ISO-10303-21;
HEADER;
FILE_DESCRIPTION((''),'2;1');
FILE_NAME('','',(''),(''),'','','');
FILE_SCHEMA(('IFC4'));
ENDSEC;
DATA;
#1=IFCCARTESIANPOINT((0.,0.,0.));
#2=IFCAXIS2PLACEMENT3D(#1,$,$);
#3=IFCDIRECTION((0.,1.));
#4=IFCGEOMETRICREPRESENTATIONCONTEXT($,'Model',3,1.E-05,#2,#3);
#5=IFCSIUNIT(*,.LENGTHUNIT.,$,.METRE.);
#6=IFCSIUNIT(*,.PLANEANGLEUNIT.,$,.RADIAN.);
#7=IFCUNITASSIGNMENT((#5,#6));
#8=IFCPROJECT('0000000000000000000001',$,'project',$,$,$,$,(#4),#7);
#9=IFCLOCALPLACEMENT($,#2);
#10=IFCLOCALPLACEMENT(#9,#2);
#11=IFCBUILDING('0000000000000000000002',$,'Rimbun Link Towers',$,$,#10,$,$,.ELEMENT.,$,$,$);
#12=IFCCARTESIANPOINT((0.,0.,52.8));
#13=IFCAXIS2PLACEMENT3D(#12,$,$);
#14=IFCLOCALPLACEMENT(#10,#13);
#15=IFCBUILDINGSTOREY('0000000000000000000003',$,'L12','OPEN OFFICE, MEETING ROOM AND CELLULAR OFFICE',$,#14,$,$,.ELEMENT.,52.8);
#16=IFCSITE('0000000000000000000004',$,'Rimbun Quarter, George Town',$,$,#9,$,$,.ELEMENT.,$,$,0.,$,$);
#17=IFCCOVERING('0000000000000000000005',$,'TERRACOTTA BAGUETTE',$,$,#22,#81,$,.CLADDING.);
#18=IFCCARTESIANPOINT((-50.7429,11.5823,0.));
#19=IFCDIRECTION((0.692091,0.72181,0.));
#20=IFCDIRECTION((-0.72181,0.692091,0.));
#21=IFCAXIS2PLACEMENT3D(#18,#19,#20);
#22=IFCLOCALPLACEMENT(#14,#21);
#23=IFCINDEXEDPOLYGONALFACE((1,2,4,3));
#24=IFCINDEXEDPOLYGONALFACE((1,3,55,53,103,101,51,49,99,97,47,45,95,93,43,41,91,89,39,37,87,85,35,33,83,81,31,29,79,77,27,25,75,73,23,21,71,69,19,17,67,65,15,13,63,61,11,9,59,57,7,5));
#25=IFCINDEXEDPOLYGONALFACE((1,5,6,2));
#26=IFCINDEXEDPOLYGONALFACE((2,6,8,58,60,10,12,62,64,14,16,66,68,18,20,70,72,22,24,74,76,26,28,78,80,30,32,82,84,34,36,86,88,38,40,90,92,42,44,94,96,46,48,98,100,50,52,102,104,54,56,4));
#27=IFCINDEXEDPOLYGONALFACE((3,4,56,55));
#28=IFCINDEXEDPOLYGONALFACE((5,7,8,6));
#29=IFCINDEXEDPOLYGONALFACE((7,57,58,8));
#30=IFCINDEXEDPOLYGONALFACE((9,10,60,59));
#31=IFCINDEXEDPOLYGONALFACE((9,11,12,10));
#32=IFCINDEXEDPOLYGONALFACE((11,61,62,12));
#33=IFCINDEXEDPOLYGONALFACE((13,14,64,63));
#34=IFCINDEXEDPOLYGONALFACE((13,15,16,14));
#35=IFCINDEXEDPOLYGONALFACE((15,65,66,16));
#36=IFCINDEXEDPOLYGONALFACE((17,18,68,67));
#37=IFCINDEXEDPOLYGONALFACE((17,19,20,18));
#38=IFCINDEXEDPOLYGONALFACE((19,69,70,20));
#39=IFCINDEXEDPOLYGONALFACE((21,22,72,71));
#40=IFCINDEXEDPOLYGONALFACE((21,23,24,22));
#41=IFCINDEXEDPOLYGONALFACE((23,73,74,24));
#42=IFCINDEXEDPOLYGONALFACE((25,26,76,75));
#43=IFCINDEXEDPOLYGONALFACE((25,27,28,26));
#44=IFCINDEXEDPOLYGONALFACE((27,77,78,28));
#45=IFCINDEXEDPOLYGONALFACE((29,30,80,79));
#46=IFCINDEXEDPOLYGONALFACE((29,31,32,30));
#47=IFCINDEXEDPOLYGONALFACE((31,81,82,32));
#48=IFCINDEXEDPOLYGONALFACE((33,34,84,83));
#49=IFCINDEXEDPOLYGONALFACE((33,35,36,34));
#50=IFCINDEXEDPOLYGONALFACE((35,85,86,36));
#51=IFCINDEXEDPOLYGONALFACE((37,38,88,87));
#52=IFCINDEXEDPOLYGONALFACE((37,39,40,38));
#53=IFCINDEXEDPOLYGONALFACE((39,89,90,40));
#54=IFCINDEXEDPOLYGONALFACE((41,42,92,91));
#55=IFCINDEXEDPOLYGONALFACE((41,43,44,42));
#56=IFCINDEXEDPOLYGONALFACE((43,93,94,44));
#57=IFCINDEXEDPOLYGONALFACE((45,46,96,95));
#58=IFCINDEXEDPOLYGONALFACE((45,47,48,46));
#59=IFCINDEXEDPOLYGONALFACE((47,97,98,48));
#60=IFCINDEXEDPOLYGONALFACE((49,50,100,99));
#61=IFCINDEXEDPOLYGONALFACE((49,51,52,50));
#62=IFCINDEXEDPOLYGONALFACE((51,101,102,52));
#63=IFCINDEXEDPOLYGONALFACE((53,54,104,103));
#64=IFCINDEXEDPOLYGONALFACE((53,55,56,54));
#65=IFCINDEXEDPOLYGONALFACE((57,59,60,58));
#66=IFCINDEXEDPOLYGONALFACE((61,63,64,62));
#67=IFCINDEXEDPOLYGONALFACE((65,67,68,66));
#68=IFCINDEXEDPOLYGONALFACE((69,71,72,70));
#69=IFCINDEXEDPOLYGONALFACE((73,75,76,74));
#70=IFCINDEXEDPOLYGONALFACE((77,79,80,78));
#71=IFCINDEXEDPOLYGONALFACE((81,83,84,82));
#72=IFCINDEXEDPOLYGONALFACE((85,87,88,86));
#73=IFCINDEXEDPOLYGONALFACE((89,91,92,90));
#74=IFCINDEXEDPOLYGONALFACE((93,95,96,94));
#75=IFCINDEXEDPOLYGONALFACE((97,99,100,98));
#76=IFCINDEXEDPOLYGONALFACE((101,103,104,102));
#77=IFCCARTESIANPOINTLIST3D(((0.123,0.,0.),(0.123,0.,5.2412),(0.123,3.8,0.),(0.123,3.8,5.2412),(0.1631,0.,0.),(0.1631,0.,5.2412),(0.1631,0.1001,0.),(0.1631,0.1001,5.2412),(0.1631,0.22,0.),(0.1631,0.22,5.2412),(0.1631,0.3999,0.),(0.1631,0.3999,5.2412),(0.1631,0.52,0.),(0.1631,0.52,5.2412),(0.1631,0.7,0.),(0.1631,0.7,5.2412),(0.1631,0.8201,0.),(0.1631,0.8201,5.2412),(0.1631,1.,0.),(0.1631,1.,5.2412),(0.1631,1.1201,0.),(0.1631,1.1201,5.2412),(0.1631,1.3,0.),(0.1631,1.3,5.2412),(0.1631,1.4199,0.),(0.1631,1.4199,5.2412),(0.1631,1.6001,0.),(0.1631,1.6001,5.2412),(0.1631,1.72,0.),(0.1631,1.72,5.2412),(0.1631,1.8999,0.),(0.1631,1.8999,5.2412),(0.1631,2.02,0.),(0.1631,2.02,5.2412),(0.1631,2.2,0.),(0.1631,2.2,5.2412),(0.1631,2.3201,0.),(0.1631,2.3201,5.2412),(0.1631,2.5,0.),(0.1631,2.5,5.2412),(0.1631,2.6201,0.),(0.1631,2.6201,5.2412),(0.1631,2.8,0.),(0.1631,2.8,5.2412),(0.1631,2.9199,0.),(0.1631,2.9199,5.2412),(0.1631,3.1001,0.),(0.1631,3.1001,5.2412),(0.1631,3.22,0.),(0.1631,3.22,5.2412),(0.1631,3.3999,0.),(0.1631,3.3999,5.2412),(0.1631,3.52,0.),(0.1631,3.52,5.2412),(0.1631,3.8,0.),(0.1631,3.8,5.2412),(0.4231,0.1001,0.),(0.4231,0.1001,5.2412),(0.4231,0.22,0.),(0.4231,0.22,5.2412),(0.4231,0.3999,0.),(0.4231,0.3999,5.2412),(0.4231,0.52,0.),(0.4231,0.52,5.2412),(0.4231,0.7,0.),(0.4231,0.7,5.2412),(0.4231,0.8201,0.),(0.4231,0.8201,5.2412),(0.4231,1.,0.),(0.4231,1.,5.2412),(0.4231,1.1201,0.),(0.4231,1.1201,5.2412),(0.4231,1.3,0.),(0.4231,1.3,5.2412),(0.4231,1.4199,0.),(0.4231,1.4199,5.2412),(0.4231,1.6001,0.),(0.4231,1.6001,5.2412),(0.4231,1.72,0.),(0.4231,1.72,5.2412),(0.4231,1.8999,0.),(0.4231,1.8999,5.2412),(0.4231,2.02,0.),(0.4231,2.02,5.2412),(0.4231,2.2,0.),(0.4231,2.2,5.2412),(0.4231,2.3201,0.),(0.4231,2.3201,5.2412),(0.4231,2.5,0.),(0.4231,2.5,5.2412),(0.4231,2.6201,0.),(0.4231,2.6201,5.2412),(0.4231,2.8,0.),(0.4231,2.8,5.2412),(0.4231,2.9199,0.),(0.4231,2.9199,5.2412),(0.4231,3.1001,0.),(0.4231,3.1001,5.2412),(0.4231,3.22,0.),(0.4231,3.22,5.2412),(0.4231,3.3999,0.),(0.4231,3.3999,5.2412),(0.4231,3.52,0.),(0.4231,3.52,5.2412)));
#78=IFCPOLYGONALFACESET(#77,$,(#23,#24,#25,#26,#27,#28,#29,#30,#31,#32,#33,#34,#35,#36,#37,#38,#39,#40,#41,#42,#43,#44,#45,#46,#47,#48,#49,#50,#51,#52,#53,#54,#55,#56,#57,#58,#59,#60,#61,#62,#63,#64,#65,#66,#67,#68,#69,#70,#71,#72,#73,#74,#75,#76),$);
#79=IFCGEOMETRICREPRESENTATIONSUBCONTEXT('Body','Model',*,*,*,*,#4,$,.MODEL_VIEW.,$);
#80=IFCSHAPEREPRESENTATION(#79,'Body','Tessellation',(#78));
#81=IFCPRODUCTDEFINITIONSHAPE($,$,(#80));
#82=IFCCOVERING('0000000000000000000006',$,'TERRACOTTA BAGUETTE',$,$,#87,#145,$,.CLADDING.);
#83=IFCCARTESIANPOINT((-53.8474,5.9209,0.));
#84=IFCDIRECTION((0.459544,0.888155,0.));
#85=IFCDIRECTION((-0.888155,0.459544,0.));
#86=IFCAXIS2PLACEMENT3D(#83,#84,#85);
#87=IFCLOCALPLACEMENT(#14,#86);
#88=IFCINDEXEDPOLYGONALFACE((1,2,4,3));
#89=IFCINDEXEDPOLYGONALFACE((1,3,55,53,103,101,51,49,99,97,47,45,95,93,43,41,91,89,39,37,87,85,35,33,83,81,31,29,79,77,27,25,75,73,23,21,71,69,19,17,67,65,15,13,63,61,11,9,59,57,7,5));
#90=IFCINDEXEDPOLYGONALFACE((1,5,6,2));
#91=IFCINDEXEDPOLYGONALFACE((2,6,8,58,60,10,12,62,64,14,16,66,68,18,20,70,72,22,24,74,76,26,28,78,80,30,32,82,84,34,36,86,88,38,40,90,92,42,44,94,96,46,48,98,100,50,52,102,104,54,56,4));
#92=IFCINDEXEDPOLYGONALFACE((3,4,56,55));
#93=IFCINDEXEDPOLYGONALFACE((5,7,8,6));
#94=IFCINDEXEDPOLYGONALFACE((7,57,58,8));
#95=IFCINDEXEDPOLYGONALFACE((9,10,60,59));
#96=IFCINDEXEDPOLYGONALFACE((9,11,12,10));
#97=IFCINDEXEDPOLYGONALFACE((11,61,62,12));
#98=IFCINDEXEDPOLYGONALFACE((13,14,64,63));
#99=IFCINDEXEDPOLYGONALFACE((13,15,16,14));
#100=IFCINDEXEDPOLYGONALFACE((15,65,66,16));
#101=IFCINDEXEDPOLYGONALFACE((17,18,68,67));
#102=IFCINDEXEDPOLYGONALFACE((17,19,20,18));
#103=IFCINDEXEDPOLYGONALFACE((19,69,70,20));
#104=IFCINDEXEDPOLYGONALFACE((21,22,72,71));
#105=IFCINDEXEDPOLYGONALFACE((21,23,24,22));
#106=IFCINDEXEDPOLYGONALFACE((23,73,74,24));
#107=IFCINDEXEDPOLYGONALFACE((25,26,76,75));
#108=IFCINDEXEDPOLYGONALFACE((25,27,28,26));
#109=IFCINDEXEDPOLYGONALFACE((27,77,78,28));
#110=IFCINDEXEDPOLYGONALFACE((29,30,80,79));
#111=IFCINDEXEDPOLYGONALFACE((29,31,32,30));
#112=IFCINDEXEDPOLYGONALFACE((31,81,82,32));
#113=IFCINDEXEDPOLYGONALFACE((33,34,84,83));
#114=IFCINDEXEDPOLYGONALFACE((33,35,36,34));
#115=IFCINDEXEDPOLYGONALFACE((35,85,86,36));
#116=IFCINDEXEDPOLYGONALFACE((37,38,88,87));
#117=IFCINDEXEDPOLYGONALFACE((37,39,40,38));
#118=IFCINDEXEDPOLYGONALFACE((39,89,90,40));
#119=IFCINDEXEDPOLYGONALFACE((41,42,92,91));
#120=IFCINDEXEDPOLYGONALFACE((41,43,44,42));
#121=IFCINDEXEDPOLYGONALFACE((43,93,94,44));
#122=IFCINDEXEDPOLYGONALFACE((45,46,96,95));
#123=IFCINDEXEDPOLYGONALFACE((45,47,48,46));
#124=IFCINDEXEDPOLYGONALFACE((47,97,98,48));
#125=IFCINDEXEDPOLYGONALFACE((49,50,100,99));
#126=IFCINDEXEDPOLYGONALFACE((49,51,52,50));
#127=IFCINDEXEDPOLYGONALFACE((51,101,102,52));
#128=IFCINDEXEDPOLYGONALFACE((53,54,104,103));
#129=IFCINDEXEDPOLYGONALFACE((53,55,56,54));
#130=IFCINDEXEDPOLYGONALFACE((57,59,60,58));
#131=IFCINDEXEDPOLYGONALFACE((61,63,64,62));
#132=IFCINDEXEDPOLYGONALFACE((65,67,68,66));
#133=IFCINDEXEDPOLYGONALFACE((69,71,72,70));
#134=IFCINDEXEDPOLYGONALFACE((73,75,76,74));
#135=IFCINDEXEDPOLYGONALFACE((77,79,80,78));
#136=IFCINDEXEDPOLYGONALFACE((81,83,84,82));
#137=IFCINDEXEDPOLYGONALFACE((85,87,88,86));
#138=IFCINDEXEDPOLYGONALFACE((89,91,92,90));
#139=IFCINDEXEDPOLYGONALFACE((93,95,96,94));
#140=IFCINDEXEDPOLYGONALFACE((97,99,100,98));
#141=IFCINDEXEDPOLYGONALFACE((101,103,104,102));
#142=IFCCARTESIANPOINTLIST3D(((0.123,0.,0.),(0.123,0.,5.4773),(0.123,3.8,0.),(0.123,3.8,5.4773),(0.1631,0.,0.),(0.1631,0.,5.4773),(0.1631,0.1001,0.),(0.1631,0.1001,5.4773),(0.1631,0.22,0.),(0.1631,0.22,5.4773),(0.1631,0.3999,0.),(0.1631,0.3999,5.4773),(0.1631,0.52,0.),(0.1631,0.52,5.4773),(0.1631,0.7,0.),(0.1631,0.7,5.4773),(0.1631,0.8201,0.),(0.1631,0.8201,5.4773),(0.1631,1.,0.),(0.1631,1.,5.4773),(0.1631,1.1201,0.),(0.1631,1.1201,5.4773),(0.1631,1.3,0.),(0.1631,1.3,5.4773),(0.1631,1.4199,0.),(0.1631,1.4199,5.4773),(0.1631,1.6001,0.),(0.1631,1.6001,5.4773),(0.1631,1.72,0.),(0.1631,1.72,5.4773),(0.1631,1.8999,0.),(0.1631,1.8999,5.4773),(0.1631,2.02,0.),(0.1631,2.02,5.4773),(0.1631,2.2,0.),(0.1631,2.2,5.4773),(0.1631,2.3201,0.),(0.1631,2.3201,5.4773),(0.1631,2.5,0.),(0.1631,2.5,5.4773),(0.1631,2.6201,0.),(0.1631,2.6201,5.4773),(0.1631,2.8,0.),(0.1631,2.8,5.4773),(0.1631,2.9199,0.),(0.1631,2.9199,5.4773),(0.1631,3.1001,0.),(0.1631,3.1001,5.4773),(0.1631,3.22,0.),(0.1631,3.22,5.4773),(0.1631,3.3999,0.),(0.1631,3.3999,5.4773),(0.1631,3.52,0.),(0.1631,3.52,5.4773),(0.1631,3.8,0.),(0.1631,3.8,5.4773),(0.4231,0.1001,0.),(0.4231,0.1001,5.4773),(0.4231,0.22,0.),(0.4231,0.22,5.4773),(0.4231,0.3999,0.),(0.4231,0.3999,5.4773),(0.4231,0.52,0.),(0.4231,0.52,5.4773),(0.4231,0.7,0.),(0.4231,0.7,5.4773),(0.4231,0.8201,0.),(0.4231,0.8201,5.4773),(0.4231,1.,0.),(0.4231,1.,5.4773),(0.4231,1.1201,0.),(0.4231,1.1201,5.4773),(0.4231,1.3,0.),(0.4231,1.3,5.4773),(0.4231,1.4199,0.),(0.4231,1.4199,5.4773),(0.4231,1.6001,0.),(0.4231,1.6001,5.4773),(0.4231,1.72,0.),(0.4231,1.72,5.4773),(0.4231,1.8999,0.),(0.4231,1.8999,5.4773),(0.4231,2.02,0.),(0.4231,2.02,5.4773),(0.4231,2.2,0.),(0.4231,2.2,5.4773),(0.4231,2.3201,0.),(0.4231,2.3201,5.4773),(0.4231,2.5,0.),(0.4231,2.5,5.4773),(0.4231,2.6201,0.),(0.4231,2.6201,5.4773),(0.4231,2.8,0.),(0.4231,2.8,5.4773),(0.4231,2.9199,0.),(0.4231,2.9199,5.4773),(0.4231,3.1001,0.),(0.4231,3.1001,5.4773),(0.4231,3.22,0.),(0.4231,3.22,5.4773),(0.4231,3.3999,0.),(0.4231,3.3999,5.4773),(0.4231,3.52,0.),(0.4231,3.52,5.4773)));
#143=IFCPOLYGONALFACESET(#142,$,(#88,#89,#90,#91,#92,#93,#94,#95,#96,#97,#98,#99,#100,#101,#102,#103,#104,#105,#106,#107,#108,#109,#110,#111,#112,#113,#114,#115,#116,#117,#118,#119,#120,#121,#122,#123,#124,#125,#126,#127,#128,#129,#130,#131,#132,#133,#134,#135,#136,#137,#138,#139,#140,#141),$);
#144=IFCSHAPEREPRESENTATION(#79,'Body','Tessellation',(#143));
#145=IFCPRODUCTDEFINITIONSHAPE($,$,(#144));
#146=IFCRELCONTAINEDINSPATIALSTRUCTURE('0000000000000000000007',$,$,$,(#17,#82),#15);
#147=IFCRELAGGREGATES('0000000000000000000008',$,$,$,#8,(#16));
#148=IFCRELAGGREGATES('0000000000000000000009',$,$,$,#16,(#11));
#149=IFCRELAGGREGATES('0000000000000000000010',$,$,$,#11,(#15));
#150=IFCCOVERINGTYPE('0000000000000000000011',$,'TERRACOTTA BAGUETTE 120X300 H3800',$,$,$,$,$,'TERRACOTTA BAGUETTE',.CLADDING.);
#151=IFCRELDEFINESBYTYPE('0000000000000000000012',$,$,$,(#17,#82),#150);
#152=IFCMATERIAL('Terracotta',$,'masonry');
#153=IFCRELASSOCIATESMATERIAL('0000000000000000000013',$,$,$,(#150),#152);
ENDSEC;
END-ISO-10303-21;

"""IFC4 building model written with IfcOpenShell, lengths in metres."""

from ifc_helpers import new_model, si_unit, direction, frame, origin, place, context, subcontext, project, spatial, polyline, outline, extrude, material, material_profile, profile_set, type_object, element, save


model = new_model("IFC4")

# Units and contexts
model_context = context("Model", 3, precision=1e-05, world=origin(), true_north=direction((0.0, 1.0)))
body_context = subcontext(model_context, "Body", "Model", "MODEL_VIEW")
ifc_project = project(units=[si_unit("LENGTHUNIT", "METRE"), si_unit("PLANEANGLEUNIT", "RADIAN")], contexts=[model_context])

# Site, building, storey
site_placement = place(None, origin())
site = spatial("IfcSite", under=ifc_project, at=site_placement, Name="Rimbun Quarter, George Town", CompositionType="ELEMENT", RefElevation=0.0)
building_placement = place(site_placement, origin())
building = spatial("IfcBuilding", under=site, at=building_placement, Name="Rimbun Link Towers", CompositionType="ELEMENT")
storey_placement = place(building_placement, frame((0.0, 0.0, 52.8)))
storey = spatial("IfcBuildingStorey", under=building, at=storey_placement, Name="L12", Description="OPEN OFFICE, MEETING ROOM AND CELLULAR OFFICE", CompositionType="ELEMENT", Elevation=52.8)

# Coverings
ifc_material_1 = material(Name="Terracotta", Category="masonry")
ifc_material_profile_1 = material_profile(ifc_material_1, outline(polyline([(0.123, 0.0), (0.1631, 0.0), (0.1631, 0.1001), (0.4231, 0.1001), (0.4231, 0.22), (0.1631, 0.22), (0.1631, 0.3999), (0.4231, 0.3999), (0.4231, 0.52), (0.1631, 0.52), (0.1631, 0.7), (0.4231, 0.7), (0.4231, 0.8201), (0.1631, 0.8201), (0.1631, 1.0), (0.4231, 1.0), (0.4231, 1.1201), (0.1631, 1.1201), (0.1631, 1.3), (0.4231, 1.3), (0.4231, 1.4199), (0.1631, 1.4199), (0.1631, 1.6001), (0.4231, 1.6001), (0.4231, 1.72), (0.1631, 1.72), (0.1631, 1.8999), (0.4231, 1.8999), (0.4231, 2.02), (0.1631, 2.02), (0.1631, 2.2), (0.4231, 2.2), (0.4231, 2.3201), (0.1631, 2.3201), (0.1631, 2.5), (0.4231, 2.5), (0.4231, 2.6201), (0.1631, 2.6201), (0.1631, 2.8), (0.4231, 2.8), (0.4231, 2.9199), (0.1631, 2.9199), (0.1631, 3.1001), (0.4231, 3.1001), (0.4231, 3.22), (0.1631, 3.22), (0.1631, 3.3999), (0.4231, 3.3999), (0.4231, 3.52), (0.1631, 3.52), (0.1631, 3.8), (0.123, 3.8), (0.123, 0.0)])), Name="BAGUETTE 120X300")
ifc_profile_set_1 = profile_set([ifc_material_profile_1], Name="Terracotta")
covering_type = type_object("IfcCoveringType", Name="TERRACOTTA BAGUETTE 120X300 H3800", ElementType="TERRACOTTA BAGUETTE", PredefinedType="CLADDING", material=ifc_profile_set_1)
covering_1_placement = place(storey_placement, frame((-50.7429, 11.5823, 0.0), z_axis=(0.692091, 0.72181, 0.0), x_axis=(-0.72181, 0.692091, 0.0)))
element("IfcCovering", 1, at=covering_1_placement, inside=storey, type_object=covering_type, Name="TERRACOTTA BAGUETTE", PredefinedType="CLADDING", context=body_context, shape_type="SweptSolid", body=[
    extrude(outline(polyline([(0.123, 0.0), (0.1631, 0.0), (0.1631, 0.1001), (0.4231, 0.1001), (0.4231, 0.22), (0.1631, 0.22), (0.1631, 0.3999), (0.4231, 0.3999), (0.4231, 0.52), (0.1631, 0.52), (0.1631, 0.7), (0.4231, 0.7), (0.4231, 0.8201), (0.1631, 0.8201), (0.1631, 1.0), (0.4231, 1.0), (0.4231, 1.1201), (0.1631, 1.1201), (0.1631, 1.3), (0.4231, 1.3), (0.4231, 1.4199), (0.1631, 1.4199), (0.1631, 1.6001), (0.4231, 1.6001), (0.4231, 1.72), (0.1631, 1.72), (0.1631, 1.8999), (0.4231, 1.8999), (0.4231, 2.02), (0.1631, 2.02), (0.1631, 2.2), (0.4231, 2.2), (0.4231, 2.3201), (0.1631, 2.3201), (0.1631, 2.5), (0.4231, 2.5), (0.4231, 2.6201), (0.1631, 2.6201), (0.1631, 2.8), (0.4231, 2.8), (0.4231, 2.9199), (0.1631, 2.9199), (0.1631, 3.1001), (0.4231, 3.1001), (0.4231, 3.22), (0.1631, 3.22), (0.1631, 3.3999), (0.4231, 3.3999), (0.4231, 3.52), (0.1631, 3.52), (0.1631, 3.8), (0.123, 3.8), (0.123, 0.0)])), origin(), (0.0, 0.0, 1.0), 5.2412),
])
covering_2_placement = place(storey_placement, frame((-53.8474, 5.9209, 0.0), z_axis=(0.459544, 0.888155, 0.0), x_axis=(-0.888155, 0.459544, 0.0)))
element("IfcCovering", 2, at=covering_2_placement, inside=storey, type_object=covering_type, Name="TERRACOTTA BAGUETTE", PredefinedType="CLADDING", context=body_context, shape_type="SweptSolid", body=[
    extrude(outline(polyline([(0.123, 0.0), (0.1631, 0.0), (0.1631, 0.1001), (0.4231, 0.1001), (0.4231, 0.22), (0.1631, 0.22), (0.1631, 0.3999), (0.4231, 0.3999), (0.4231, 0.52), (0.1631, 0.52), (0.1631, 0.7), (0.4231, 0.7), (0.4231, 0.8201), (0.1631, 0.8201), (0.1631, 1.0), (0.4231, 1.0), (0.4231, 1.1201), (0.1631, 1.1201), (0.1631, 1.3), (0.4231, 1.3), (0.4231, 1.4199), (0.1631, 1.4199), (0.1631, 1.6001), (0.4231, 1.6001), (0.4231, 1.72), (0.1631, 1.72), (0.1631, 1.8999), (0.4231, 1.8999), (0.4231, 2.02), (0.1631, 2.02), (0.1631, 2.2), (0.4231, 2.2), (0.4231, 2.3201), (0.1631, 2.3201), (0.1631, 2.5), (0.4231, 2.5), (0.4231, 2.6201), (0.1631, 2.6201), (0.1631, 2.8), (0.4231, 2.8), (0.4231, 2.9199), (0.1631, 2.9199), (0.1631, 3.1001), (0.4231, 3.1001), (0.4231, 3.22), (0.1631, 3.22), (0.1631, 3.3999), (0.4231, 3.3999), (0.4231, 3.52), (0.1631, 3.52), (0.1631, 3.8), (0.123, 3.8), (0.123, 0.0)])), origin(), (0.0, 0.0, 1.0), 5.4773),
])

save(model, "model.ifc")
